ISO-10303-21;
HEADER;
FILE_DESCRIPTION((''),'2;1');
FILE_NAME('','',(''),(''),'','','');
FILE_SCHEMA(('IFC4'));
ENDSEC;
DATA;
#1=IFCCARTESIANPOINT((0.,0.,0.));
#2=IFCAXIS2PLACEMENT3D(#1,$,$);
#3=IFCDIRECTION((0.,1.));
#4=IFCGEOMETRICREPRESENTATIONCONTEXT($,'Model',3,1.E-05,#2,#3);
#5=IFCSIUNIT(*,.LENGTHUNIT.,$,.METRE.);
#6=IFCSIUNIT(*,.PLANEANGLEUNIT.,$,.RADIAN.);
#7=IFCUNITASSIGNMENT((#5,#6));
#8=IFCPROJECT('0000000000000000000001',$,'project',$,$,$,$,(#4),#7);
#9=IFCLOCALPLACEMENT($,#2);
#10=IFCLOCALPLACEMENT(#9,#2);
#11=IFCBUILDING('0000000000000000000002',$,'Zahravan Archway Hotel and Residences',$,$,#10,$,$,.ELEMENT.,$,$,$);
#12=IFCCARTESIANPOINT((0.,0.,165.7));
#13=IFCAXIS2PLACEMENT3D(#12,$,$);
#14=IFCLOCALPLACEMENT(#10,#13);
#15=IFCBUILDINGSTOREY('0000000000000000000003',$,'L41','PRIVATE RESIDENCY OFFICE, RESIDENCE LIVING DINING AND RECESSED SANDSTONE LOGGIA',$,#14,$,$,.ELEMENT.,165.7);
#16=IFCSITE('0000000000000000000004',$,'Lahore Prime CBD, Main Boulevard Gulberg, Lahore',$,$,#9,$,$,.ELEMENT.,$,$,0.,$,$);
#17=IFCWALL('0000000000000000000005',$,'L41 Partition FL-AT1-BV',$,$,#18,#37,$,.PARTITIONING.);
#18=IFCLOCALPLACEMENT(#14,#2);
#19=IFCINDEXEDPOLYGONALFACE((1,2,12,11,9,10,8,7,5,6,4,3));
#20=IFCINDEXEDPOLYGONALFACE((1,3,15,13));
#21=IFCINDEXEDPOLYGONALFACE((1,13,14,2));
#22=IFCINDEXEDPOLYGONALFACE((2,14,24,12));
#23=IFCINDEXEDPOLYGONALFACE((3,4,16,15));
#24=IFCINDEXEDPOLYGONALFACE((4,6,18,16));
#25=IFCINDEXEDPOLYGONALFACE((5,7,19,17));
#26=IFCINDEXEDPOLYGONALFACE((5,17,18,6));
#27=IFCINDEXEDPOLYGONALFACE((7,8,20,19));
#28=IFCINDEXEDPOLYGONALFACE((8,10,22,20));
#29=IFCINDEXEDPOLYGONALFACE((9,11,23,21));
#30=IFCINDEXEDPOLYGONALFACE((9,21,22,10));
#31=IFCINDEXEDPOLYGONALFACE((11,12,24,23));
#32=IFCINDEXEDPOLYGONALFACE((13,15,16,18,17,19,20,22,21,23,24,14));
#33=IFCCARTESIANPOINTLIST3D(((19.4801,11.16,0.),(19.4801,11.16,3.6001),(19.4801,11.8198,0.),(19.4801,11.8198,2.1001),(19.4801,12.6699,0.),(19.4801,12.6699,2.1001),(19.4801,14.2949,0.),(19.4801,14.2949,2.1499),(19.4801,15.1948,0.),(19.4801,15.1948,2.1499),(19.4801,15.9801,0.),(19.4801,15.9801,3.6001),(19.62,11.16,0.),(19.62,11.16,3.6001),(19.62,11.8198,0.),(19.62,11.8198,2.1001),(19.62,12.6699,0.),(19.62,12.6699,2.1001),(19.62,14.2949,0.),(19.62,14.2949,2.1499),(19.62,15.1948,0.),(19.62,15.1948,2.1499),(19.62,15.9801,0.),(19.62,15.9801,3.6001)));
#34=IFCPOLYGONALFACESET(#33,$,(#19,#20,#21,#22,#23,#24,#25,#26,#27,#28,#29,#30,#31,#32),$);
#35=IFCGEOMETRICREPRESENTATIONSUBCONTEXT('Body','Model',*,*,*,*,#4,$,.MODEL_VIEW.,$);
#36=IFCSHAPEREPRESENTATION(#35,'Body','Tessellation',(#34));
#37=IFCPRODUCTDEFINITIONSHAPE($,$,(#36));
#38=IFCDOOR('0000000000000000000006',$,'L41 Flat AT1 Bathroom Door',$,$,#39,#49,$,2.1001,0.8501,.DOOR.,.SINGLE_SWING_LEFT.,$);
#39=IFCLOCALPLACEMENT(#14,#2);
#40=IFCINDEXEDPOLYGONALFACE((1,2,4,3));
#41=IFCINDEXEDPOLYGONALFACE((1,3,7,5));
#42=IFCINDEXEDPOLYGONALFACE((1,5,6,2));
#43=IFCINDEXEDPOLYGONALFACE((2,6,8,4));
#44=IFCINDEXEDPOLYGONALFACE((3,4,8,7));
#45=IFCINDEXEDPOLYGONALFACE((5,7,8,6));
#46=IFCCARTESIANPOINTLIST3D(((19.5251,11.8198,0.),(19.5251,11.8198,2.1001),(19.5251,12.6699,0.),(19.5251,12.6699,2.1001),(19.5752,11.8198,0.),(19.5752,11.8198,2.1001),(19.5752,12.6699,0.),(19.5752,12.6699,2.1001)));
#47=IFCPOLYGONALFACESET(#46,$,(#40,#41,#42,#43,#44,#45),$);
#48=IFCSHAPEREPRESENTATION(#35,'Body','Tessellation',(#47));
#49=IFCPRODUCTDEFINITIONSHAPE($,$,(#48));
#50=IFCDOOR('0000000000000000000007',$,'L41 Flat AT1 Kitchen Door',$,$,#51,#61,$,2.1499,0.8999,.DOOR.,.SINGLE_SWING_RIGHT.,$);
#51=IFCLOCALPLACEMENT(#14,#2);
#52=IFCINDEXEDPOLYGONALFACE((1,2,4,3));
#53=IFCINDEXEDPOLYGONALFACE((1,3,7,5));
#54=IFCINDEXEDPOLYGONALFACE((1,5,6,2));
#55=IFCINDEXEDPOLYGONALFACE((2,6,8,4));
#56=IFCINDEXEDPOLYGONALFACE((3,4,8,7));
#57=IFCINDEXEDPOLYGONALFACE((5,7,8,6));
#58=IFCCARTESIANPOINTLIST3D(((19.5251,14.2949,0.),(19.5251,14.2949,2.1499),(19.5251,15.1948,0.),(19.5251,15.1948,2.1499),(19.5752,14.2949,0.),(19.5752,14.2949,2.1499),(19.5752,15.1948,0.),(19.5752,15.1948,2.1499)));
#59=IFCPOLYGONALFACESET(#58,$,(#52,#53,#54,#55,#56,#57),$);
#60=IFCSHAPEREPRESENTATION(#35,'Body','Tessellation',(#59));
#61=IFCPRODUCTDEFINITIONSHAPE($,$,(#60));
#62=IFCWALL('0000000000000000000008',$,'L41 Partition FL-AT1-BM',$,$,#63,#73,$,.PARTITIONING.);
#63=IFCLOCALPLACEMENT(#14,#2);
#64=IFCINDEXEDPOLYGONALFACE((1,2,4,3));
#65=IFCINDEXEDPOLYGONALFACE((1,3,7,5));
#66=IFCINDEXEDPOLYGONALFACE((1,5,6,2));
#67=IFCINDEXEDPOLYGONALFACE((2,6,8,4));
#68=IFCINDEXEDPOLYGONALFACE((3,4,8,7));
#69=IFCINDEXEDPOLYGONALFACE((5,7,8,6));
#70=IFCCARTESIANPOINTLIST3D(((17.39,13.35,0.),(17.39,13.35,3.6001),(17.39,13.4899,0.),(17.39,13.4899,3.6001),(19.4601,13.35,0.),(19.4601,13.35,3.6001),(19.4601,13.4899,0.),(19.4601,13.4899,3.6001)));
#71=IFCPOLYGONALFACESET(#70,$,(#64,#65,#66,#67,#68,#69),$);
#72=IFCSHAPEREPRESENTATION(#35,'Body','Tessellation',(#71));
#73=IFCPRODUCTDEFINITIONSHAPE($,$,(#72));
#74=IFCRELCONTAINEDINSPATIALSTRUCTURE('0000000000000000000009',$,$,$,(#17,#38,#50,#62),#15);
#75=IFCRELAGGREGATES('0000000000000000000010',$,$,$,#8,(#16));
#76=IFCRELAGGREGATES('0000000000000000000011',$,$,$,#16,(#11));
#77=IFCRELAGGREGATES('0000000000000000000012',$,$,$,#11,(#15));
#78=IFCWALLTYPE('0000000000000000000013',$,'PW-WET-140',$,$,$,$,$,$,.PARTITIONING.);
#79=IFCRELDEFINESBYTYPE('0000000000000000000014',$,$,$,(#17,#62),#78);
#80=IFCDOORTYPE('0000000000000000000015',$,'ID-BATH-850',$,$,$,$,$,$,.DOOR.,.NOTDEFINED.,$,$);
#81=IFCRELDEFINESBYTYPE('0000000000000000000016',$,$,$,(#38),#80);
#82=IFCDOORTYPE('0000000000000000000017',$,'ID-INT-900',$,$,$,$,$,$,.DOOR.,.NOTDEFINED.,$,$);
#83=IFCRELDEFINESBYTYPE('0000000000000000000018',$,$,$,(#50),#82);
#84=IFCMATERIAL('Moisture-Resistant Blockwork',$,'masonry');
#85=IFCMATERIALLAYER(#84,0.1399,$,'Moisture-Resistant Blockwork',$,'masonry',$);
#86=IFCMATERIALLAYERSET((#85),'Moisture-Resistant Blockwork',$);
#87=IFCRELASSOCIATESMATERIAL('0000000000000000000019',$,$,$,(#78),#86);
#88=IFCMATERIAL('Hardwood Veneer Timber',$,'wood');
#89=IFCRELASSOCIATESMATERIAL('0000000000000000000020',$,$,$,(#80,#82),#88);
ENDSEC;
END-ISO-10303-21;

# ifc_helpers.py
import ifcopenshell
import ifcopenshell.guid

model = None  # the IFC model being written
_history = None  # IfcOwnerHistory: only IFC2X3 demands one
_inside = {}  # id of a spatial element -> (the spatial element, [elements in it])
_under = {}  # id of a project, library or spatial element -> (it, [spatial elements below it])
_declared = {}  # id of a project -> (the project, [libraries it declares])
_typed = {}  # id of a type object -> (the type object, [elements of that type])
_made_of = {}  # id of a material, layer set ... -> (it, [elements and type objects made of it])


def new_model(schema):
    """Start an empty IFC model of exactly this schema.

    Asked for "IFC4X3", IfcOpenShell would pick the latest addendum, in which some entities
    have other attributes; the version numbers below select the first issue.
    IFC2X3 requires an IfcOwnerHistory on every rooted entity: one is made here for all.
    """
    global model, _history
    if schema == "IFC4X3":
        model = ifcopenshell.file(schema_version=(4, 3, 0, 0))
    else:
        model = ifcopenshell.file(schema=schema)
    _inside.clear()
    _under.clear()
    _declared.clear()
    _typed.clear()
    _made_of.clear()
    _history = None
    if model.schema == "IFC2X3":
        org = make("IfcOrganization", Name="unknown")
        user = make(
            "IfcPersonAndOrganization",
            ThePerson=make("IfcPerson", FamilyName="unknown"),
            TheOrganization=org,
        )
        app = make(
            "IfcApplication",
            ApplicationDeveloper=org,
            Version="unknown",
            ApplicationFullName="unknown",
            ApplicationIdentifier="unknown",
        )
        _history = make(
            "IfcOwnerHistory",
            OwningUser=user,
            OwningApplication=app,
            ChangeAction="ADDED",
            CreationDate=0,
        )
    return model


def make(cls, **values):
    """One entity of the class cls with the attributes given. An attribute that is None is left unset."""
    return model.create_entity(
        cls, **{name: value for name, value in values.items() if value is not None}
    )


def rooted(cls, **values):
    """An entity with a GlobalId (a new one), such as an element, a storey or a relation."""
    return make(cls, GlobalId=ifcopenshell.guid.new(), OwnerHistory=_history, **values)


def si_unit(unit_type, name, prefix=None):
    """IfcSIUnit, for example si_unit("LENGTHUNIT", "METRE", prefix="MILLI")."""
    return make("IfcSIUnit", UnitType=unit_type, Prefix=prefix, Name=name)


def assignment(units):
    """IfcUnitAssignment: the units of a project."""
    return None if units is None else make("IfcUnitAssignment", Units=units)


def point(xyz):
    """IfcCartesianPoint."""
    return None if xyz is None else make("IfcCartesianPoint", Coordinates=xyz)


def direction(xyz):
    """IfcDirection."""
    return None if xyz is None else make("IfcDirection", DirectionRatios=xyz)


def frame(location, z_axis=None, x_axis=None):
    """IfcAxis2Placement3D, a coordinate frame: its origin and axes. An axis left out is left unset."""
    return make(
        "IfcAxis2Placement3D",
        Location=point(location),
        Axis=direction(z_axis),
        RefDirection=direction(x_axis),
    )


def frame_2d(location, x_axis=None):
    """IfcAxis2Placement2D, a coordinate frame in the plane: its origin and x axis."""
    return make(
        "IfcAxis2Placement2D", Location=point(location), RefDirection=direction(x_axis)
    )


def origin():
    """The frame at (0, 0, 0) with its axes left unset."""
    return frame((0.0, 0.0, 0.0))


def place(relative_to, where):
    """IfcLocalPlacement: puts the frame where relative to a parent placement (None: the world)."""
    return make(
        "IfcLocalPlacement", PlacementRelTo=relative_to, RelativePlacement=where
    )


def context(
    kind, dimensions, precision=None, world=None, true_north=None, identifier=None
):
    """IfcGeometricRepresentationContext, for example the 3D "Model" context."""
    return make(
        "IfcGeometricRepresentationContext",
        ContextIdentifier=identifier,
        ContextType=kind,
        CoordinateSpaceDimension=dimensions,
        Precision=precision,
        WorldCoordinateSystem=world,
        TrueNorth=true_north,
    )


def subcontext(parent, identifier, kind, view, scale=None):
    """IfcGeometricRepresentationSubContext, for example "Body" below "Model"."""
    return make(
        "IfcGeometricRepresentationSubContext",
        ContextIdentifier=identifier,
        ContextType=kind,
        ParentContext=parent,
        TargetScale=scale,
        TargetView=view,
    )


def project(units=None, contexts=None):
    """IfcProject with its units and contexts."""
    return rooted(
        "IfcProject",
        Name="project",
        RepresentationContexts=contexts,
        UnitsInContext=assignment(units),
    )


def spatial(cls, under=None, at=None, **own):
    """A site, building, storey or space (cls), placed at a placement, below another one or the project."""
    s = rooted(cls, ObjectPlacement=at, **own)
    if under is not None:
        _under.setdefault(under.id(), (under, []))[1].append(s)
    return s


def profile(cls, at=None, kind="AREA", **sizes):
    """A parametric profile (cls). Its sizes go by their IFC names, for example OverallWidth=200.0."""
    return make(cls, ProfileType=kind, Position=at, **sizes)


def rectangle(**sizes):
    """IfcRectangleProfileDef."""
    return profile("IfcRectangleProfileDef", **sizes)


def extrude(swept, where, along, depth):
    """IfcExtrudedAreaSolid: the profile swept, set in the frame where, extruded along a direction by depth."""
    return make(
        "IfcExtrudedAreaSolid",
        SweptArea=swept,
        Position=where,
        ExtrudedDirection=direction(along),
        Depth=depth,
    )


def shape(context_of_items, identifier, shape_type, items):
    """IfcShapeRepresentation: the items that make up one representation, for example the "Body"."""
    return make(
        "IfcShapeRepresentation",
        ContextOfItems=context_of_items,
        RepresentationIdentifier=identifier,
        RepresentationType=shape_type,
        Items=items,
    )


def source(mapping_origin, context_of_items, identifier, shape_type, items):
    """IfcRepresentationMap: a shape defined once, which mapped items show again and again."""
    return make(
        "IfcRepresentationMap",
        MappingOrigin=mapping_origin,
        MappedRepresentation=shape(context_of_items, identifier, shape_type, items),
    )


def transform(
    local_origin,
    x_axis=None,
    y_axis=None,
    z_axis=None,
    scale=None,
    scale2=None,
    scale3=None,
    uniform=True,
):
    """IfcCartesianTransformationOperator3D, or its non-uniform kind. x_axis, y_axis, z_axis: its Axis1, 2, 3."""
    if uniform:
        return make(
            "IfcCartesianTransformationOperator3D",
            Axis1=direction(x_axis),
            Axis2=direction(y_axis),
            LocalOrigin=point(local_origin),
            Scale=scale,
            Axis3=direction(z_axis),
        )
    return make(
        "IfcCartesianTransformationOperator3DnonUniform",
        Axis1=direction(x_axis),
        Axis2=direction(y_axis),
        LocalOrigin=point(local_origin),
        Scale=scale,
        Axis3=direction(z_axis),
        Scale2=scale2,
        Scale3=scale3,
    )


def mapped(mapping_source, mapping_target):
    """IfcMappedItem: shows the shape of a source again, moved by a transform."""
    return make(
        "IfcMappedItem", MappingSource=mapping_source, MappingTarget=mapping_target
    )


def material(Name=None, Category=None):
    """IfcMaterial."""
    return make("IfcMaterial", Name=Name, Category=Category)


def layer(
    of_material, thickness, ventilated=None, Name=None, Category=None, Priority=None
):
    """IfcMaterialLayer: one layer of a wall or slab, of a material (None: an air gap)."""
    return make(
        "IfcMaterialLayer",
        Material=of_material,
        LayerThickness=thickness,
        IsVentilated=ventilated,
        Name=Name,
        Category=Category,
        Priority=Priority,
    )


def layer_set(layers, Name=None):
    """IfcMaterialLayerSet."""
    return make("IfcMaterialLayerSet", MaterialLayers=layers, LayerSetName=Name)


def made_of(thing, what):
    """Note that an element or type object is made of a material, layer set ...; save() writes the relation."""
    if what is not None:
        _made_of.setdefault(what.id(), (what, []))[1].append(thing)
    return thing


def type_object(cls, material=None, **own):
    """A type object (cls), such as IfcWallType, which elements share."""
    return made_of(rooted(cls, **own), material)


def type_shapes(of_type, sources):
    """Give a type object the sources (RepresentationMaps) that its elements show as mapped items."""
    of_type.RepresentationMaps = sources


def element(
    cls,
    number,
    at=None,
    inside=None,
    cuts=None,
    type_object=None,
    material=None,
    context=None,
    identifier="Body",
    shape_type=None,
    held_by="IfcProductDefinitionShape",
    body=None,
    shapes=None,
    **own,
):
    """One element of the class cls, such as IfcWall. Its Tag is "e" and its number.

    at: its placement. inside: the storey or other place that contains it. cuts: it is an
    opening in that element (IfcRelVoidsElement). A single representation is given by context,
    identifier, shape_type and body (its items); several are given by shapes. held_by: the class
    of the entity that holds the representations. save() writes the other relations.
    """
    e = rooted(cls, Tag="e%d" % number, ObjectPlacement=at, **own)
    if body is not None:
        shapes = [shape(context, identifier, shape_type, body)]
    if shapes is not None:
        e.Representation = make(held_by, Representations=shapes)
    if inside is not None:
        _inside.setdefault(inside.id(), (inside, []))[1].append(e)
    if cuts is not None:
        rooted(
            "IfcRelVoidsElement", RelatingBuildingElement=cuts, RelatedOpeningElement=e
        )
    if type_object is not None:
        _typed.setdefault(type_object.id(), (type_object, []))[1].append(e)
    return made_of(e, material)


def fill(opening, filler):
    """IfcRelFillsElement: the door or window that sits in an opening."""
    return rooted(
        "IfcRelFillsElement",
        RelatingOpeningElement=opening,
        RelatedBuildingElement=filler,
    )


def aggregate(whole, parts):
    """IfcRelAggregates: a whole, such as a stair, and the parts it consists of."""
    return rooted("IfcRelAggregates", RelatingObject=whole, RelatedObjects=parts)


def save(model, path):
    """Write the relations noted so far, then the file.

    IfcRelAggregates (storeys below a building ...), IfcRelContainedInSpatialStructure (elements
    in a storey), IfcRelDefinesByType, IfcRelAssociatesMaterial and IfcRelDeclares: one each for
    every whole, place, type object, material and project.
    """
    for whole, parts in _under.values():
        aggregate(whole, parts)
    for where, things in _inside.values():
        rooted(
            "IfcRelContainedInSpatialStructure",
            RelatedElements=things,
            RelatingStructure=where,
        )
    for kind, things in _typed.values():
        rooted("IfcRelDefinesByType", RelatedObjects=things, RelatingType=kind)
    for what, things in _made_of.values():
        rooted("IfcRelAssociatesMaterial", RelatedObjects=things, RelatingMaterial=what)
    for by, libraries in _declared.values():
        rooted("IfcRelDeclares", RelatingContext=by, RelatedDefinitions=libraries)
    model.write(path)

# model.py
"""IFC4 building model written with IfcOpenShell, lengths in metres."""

from ifc_helpers import new_model, si_unit, direction, frame, frame_2d, origin, place, context, subcontext, project, spatial, rectangle, extrude, source, transform, mapped, material, layer, layer_set, type_object, type_shapes, element, fill, save


model = new_model("IFC4")

# Units and contexts
model_context = context("Model", 3, precision=1e-05, world=origin(), true_north=direction((0.0, 1.0)))
body_context = subcontext(model_context, "Body", "Model", "MODEL_VIEW")
ifc_project = project(units=[si_unit("LENGTHUNIT", "METRE"), si_unit("PLANEANGLEUNIT", "RADIAN")], contexts=[model_context])

# Site, building, storey
site_placement = place(None, origin())
site = spatial("IfcSite", under=ifc_project, at=site_placement, Name="Lahore Prime CBD, Main Boulevard Gulberg, Lahore", CompositionType="ELEMENT", RefElevation=0.0)
building_placement = place(site_placement, origin())
building = spatial("IfcBuilding", under=site, at=building_placement, Name="Zahravan Archway Hotel and Residences", CompositionType="ELEMENT")
storey_placement = place(building_placement, frame((0.0, 0.0, 165.7)))
storey = spatial("IfcBuildingStorey", under=building, at=storey_placement, Name="L41", Description="PRIVATE RESIDENCY OFFICE, RESIDENCE LIVING DINING AND RECESSED SANDSTONE LOGGIA", CompositionType="ELEMENT", Elevation=165.7)

# Shared definitions
ifc_material_1 = material(Name="Hardwood Veneer Timber", Category="wood")

# Wall, openings, doors
ifc_material_2 = material(Name="Moisture-Resistant Blockwork", Category="masonry")
ifc_layer_1 = layer(ifc_material_2, 0.1399, Name="Moisture-Resistant Blockwork", Category="masonry")
ifc_layer_set_1 = layer_set([ifc_layer_1], Name="Moisture-Resistant Blockwork")
wall_type_1 = type_object("IfcWallType", Name="PW-WET-140", PredefinedType="PARTITIONING", material=ifc_layer_set_1)
wall_1_placement = place(storey_placement, frame((19.55, 11.1599, 0.0), z_axis=(0.0, 0.0, 1.0), x_axis=(0.0, 1.0, 0.0)))
wall_1 = element("IfcWall", 1, at=wall_1_placement, inside=storey, type_object=wall_type_1, Name="L41 Partition FL-AT1-BV", PredefinedType="PARTITIONING", context=body_context, shape_type="SweptSolid", body=[
    extrude(rectangle(XDim=4.8201, YDim=0.1399, at=frame_2d((2.4102, 0.0))), origin(), (0.0, 0.0, 1.0), 3.6001),
])
opening_1_placement = place(wall_1_placement, frame((0.6599, 0.0, 0.0)))
opening_1 = element("IfcOpeningElement", 2, at=opening_1_placement, cuts=wall_1, PredefinedType="OPENING", context=body_context, shape_type="SweptSolid", body=[
    extrude(rectangle(XDim=0.8501, YDim=2.1001, at=frame_2d((0.425, 1.05))), frame((0.0, 0.0801, 0.0), z_axis=(0.0, -1.0, 0.0), x_axis=(1.0, 0.0, 0.0)), (0.0, 0.0, 1.0), 0.1599),
])
opening_2_placement = place(wall_1_placement, frame((3.135, 0.0, 0.0)))
opening_2 = element("IfcOpeningElement", 3, at=opening_2_placement, cuts=wall_1, PredefinedType="OPENING", context=body_context, shape_type="SweptSolid", body=[
    extrude(rectangle(XDim=0.8999, YDim=2.1499, at=frame_2d((0.45, 1.075))), frame((0.0, 0.0801, 0.0), z_axis=(0.0, -1.0, 0.0), x_axis=(1.0, 0.0, 0.0)), (0.0, 0.0, 1.0), 0.1599),
])
door_type_1 = type_object("IfcDoorType", Name="ID-BATH-850", OperationType="NOTDEFINED", PredefinedType="DOOR", material=ifc_material_1)
shared_shape_1 = source(origin(), body_context, "Body", "SweptSolid", [
    extrude(rectangle(XDim=0.8501, YDim=2.1001, at=frame_2d((0.425, 1.05))), frame((0.0, 0.0249, 0.0), z_axis=(0.0, -1.0, 0.0), x_axis=(1.0, 0.0, 0.0)), (0.0, 0.0, 1.0), 0.05),
])
type_shapes(door_type_1, [shared_shape_1])
door_1_placement = place(opening_1_placement, origin())
door_1 = element("IfcDoor", 4, at=door_1_placement, inside=storey, type_object=door_type_1, Name="L41 Flat AT1 Bathroom Door", OperationType="SINGLE_SWING_LEFT", OverallHeight=2.1001, OverallWidth=0.8501, PredefinedType="DOOR", context=body_context, shape_type="MappedRepresentation", body=[
    mapped(shared_shape_1, transform((0.0, 0.0, 0.0), scale=1.0)),
])
fill(opening_1, door_1)
door_type_2 = type_object("IfcDoorType", Name="ID-INT-900", OperationType="NOTDEFINED", PredefinedType="DOOR", material=ifc_material_1)
shared_shape_2 = source(origin(), body_context, "Body", "SweptSolid", [
    extrude(rectangle(XDim=0.8999, YDim=2.1499, at=frame_2d((0.45, 1.075))), frame((0.0, 0.0249, 0.0), z_axis=(0.0, -1.0, 0.0), x_axis=(1.0, 0.0, 0.0)), (0.0, 0.0, 1.0), 0.05),
])
type_shapes(door_type_2, [shared_shape_2])
door_2_placement = place(opening_2_placement, origin())
door_2 = element("IfcDoor", 5, at=door_2_placement, inside=storey, type_object=door_type_2, Name="L41 Flat AT1 Kitchen Door", OperationType="SINGLE_SWING_RIGHT", OverallHeight=2.1499, OverallWidth=0.8999, PredefinedType="DOOR", context=body_context, shape_type="MappedRepresentation", body=[
    mapped(shared_shape_2, transform((0.0, 0.0, 0.0), scale=1.0)),
])
fill(opening_2, door_2)

# Wall
wall_2_placement = place(storey_placement, frame((17.3899, 13.4199, 0.0), z_axis=(0.0, 0.0, 1.0), x_axis=(1.0, 0.0, 0.0)))
element("IfcWall", 6, at=wall_2_placement, inside=storey, type_object=wall_type_1, Name="L41 Partition FL-AT1-BM", PredefinedType="PARTITIONING", context=body_context, shape_type="SweptSolid", body=[
    extrude(rectangle(XDim=2.0701, YDim=0.1399, at=frame_2d((1.0352, 0.0))), origin(), (0.0, 0.0, 1.0), 3.6001),
])

save(model, "model.ifc")
